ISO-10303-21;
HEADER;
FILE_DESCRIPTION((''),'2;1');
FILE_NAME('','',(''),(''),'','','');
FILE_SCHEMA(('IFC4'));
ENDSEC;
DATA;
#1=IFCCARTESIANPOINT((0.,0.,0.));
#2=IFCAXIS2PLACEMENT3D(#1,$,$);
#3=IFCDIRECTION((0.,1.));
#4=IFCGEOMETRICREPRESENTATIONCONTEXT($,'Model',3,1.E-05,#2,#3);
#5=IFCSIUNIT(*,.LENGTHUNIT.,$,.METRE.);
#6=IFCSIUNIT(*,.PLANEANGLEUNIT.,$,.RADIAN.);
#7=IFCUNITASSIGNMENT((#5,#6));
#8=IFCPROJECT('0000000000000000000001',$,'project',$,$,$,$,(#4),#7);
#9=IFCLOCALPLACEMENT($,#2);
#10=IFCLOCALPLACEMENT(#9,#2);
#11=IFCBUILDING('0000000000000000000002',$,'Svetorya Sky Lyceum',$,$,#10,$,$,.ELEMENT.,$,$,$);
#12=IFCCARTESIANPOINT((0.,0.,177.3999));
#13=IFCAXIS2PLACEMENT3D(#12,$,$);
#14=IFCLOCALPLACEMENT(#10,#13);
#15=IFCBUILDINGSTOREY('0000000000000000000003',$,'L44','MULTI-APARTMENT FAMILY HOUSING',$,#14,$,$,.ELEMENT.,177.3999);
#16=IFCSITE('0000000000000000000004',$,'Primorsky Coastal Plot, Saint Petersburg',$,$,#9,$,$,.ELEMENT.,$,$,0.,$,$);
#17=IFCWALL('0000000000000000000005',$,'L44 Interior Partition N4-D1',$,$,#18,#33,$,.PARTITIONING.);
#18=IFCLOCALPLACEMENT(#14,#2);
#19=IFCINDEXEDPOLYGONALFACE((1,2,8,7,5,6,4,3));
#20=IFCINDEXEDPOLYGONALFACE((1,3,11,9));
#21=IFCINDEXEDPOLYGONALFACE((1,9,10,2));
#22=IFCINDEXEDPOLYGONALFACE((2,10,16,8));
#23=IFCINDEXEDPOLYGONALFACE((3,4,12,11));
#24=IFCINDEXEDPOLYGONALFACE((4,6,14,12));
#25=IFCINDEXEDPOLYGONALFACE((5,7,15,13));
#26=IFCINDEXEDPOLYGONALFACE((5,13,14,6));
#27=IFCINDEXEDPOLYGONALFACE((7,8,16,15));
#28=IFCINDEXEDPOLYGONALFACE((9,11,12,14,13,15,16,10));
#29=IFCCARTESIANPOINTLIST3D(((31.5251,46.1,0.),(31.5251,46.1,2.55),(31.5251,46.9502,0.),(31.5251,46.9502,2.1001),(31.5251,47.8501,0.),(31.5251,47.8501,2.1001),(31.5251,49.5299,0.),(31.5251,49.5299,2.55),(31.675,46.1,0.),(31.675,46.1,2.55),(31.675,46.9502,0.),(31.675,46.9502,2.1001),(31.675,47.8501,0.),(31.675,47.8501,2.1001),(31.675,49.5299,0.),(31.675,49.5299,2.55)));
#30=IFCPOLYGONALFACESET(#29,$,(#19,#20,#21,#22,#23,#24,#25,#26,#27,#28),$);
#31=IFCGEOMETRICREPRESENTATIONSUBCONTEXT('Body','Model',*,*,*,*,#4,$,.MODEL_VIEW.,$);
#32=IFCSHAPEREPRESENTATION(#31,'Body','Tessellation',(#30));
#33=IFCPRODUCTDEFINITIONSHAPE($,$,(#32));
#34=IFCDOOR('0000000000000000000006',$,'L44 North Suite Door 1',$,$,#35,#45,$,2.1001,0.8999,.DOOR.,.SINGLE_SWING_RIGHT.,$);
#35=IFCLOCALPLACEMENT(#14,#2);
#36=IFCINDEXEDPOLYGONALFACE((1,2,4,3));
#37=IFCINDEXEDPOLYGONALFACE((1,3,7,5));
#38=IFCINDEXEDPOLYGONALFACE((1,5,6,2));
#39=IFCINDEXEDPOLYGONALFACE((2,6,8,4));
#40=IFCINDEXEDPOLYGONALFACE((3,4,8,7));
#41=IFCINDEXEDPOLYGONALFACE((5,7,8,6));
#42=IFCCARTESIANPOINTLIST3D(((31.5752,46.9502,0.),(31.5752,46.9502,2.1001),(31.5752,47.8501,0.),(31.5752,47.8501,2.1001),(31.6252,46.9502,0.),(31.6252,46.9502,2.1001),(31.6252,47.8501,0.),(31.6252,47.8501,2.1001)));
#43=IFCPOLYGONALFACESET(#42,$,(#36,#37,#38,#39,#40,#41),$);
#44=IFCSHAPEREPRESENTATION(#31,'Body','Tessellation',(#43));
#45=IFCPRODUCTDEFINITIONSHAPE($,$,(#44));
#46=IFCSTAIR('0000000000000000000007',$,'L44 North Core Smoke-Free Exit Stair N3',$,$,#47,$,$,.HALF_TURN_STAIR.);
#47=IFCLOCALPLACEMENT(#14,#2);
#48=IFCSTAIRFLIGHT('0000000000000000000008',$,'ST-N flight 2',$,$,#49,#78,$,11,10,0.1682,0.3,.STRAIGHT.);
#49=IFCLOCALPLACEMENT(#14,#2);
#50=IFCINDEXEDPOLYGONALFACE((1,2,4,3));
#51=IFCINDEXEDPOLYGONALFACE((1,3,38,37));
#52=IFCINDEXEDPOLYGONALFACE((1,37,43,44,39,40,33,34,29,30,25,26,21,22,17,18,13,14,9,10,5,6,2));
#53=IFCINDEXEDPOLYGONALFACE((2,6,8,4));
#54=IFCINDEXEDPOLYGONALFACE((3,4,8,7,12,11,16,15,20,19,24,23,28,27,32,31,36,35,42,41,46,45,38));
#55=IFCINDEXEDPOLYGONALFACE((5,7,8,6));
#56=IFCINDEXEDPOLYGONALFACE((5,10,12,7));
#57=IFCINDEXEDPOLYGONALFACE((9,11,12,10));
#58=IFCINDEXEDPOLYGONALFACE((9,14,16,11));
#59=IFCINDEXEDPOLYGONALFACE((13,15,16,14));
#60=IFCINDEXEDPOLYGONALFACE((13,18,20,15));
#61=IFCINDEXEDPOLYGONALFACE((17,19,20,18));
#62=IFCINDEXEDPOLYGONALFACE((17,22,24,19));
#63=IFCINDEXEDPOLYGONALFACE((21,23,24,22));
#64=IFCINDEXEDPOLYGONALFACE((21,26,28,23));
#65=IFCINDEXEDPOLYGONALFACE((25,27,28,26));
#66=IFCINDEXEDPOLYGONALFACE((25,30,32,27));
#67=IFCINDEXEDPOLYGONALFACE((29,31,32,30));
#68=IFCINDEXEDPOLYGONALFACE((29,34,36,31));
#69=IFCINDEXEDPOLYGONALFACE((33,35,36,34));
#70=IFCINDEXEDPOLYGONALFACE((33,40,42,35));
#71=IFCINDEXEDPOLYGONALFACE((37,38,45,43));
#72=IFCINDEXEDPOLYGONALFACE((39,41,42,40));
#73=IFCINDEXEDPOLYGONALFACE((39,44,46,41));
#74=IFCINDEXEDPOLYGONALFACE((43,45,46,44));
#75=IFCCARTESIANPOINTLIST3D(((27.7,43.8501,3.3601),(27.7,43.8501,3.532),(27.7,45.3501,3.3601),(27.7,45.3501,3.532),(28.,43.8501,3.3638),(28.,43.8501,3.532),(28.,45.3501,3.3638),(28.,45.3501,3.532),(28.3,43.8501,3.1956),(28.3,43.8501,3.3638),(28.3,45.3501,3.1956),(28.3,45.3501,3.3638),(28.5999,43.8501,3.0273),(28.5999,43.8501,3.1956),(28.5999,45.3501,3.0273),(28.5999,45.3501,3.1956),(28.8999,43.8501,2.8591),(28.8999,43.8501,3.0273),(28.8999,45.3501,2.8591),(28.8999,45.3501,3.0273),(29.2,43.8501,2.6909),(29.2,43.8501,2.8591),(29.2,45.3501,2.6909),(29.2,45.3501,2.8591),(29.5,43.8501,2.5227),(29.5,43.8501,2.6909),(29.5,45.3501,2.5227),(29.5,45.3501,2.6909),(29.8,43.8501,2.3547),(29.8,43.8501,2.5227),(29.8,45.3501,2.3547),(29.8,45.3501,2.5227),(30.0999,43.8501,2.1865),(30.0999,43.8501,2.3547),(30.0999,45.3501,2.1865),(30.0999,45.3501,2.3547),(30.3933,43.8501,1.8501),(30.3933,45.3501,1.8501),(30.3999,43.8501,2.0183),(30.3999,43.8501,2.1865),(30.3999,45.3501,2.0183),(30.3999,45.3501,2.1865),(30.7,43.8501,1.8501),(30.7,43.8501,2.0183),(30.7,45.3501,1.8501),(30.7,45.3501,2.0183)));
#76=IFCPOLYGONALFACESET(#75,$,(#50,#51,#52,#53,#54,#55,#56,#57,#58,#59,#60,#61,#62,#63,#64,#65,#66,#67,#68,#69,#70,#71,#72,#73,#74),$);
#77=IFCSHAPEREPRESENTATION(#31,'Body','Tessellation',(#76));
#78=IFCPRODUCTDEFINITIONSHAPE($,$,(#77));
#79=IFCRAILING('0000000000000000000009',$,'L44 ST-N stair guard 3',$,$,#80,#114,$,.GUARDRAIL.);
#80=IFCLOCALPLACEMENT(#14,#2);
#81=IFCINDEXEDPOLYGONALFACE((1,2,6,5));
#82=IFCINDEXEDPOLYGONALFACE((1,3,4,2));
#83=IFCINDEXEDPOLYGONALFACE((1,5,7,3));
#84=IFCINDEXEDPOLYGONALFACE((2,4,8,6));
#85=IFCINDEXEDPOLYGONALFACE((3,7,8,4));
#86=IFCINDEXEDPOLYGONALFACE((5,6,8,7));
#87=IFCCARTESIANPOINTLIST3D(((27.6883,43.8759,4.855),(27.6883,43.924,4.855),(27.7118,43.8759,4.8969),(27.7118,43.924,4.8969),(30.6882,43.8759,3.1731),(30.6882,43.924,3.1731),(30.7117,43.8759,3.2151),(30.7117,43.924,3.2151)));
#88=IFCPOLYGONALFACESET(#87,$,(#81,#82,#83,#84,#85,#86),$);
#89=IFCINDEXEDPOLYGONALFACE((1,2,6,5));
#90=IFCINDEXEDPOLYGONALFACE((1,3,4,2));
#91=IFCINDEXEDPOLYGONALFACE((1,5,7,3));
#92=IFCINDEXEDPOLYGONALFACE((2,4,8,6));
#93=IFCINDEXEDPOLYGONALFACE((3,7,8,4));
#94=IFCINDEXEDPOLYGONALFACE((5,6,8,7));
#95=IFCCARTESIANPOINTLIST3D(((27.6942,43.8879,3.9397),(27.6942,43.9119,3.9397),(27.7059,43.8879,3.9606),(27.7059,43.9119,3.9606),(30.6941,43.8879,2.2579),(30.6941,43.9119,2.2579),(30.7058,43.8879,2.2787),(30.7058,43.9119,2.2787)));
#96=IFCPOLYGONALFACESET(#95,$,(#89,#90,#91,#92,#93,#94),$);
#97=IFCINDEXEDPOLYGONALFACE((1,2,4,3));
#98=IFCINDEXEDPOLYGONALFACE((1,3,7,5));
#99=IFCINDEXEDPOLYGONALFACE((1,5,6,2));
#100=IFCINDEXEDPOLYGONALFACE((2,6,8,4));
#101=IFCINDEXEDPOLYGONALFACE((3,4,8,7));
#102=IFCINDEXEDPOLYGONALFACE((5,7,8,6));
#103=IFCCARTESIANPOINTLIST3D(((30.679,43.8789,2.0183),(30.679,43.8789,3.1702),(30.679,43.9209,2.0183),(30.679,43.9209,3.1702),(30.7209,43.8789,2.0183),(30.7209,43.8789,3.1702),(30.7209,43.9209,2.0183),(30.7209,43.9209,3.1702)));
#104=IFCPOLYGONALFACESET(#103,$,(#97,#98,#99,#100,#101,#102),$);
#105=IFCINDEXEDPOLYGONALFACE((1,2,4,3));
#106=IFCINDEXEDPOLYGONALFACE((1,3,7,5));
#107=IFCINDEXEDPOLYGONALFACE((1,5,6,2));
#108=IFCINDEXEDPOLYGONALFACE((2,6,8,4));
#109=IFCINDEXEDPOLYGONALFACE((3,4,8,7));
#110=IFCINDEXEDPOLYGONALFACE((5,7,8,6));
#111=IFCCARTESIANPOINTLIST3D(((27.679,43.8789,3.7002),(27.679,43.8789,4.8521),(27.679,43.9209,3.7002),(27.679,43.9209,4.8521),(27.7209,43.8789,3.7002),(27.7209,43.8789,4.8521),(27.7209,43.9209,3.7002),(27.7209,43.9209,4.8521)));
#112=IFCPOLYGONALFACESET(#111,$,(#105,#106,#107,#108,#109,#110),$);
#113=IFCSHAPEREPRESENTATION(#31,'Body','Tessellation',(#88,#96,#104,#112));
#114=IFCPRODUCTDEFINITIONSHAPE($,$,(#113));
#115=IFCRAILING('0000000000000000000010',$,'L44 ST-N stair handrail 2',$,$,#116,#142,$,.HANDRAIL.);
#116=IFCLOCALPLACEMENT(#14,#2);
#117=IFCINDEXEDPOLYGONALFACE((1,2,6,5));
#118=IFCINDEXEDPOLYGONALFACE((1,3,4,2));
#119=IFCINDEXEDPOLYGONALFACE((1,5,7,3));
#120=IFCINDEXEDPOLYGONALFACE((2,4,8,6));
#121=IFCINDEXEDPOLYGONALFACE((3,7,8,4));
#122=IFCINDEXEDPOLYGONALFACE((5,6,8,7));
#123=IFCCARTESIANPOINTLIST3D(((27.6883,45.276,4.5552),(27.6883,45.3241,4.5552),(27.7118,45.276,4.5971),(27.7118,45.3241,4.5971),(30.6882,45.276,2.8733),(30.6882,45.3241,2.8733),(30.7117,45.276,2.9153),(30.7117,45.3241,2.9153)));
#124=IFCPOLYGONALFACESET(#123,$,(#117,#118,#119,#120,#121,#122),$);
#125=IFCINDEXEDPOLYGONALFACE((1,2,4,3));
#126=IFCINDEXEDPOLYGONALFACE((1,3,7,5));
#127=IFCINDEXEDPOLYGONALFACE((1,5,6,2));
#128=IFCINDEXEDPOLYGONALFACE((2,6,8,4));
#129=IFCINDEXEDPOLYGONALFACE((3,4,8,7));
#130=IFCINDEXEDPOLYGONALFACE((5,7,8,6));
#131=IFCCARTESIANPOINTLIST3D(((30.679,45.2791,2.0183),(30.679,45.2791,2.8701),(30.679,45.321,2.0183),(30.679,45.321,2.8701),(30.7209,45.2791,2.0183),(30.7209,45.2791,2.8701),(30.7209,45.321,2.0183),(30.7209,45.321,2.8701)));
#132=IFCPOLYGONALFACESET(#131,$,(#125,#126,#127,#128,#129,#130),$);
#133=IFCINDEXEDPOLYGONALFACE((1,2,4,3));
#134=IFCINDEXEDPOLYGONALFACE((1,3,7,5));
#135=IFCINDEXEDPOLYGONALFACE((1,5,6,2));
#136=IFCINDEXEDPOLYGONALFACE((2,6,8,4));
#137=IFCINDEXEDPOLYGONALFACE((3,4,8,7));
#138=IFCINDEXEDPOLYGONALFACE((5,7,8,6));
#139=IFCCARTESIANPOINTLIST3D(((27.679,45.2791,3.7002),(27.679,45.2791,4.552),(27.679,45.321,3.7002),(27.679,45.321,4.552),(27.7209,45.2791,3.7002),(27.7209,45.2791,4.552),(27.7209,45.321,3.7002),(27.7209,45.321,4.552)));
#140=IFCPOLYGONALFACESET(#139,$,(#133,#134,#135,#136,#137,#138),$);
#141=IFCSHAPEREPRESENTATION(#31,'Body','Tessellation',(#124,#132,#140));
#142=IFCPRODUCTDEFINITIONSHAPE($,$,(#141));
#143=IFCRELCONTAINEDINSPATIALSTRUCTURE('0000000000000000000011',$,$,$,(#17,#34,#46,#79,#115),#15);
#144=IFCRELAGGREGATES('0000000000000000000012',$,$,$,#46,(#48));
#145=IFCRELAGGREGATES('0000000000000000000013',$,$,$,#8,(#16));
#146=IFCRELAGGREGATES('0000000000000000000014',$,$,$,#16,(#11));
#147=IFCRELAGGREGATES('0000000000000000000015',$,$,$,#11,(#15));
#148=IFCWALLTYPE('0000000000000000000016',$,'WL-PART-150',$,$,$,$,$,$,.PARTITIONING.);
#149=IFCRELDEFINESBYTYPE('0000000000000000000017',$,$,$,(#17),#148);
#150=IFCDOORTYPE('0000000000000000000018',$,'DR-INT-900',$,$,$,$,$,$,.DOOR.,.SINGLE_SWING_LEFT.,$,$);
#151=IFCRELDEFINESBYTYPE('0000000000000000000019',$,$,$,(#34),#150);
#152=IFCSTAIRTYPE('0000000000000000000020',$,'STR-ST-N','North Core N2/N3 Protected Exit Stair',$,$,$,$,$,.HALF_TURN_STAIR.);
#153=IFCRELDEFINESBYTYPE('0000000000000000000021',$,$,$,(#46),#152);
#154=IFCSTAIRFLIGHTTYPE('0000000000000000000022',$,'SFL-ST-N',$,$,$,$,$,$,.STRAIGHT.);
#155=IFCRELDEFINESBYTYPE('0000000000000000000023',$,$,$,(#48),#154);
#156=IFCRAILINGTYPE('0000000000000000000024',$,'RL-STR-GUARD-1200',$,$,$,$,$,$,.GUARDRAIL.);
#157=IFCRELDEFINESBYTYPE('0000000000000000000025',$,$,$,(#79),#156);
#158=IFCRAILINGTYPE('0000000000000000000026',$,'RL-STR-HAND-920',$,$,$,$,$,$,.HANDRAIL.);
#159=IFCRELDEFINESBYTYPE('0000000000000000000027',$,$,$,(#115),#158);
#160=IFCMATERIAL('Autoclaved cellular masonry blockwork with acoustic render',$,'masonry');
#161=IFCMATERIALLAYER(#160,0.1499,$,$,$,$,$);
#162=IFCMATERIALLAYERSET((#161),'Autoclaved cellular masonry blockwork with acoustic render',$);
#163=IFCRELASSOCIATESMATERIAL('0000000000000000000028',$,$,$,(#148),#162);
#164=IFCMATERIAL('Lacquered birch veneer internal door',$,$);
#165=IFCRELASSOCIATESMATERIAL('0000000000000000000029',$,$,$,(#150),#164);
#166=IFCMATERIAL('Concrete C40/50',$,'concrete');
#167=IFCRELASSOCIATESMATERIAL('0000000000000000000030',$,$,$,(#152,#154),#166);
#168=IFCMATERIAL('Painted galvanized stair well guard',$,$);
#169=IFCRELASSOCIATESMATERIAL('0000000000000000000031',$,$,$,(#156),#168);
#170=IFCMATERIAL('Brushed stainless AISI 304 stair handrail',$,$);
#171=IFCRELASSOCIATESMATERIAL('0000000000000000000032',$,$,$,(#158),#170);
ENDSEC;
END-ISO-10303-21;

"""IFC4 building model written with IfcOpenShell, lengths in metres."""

from ifc_helpers import new_model, si_unit, direction, frame, frame_2d, origin, origin_2d, place, context, subcontext, project, spatial, polyline, rectangle, outline, extrude, material, layer, layer_set, type_object, element, fill, aggregate, save


model = new_model("IFC4")

# Units and contexts
model_context = context("Model", 3, precision=1e-05, world=origin(), true_north=direction((0.0, 1.0)))
body_context = subcontext(model_context, "Body", "Model", "MODEL_VIEW")
ifc_project = project(units=[si_unit("LENGTHUNIT", "METRE"), si_unit("PLANEANGLEUNIT", "RADIAN")], contexts=[model_context])

# Site, building, storey
site_placement = place(None, origin())
site = spatial("IfcSite", under=ifc_project, at=site_placement, Name="Primorsky Coastal Plot, Saint Petersburg", CompositionType="ELEMENT", RefElevation=0.0)
building_placement = place(site_placement, origin())
building = spatial("IfcBuilding", under=site, at=building_placement, Name="Svetorya Sky Lyceum", CompositionType="ELEMENT")
storey_placement = place(building_placement, frame((0.0, 0.0, 177.3999)))
storey = spatial("IfcBuildingStorey", under=building, at=storey_placement, Name="L44", Description="MULTI-APARTMENT FAMILY HOUSING", CompositionType="ELEMENT", Elevation=177.3999)

# Wall, opening, door
ifc_material_1 = material(Name="Autoclaved cellular masonry blockwork with acoustic render", Category="masonry")
ifc_layer_1 = layer(ifc_material_1, 0.1499)
ifc_layer_set_1 = layer_set([ifc_layer_1], Name="Autoclaved cellular masonry blockwork with acoustic render")
wall_type = type_object("IfcWallType", Name="WL-PART-150", PredefinedType="PARTITIONING", material=ifc_layer_set_1)
wall_placement = place(storey_placement, frame((31.6001, 46.1001, 0.0), z_axis=(0.0, 0.0, 1.0), x_axis=(0.0, 1.0, 0.0)))
wall = element("IfcWall", 1, at=wall_placement, inside=storey, type_object=wall_type, Name="L44 Interior Partition N4-D1", PredefinedType="PARTITIONING", context=body_context, shape_type="SweptSolid", body=[
    extrude(rectangle(XDim=3.4299, YDim=0.1499, at=frame_2d((1.7148, 0.0))), origin(), (0.0, 0.0, 1.0), 2.55),
])
opening_placement = place(wall_placement, frame((0.8501, 0.0, 0.0)))
opening = element("IfcOpeningElement", 2, at=opening_placement, cuts=wall, PredefinedType="OPENING", context=body_context, shape_type="SweptSolid", body=[
    extrude(rectangle(XDim=0.8999, YDim=2.1001, at=frame_2d((0.45, 1.05))), frame((0.0, 0.085, 0.0), z_axis=(0.0, -1.0, 0.0), x_axis=(1.0, 0.0, 0.0)), (0.0, 0.0, 1.0), 0.1699),
])
ifc_material_2 = material(Name="Lacquered birch veneer internal door")
door_type = type_object("IfcDoorType", Name="DR-INT-900", OperationType="SINGLE_SWING_LEFT", PredefinedType="DOOR", material=ifc_material_2)
door_placement = place(opening_placement, origin())
door = element("IfcDoor", 3, at=door_placement, inside=storey, type_object=door_type, Name="L44 North Suite Door 1", OperationType="SINGLE_SWING_RIGHT", OverallHeight=2.1001, OverallWidth=0.8999, PredefinedType="DOOR", context=body_context, shape_type="SweptSolid", body=[
    extrude(rectangle(XDim=0.8999, YDim=2.1001, at=frame_2d((0.45, 1.05))), frame((0.0, 0.0249, 0.0), z_axis=(0.0, -1.0, 0.0), x_axis=(1.0, 0.0, 0.0)), (0.0, 0.0, 1.0), 0.05),
])
fill(opening, door)

# Stair, stair flight
ifc_material_3 = material(Name="Concrete C40/50", Category="concrete")
stair_type = type_object("IfcStairType", Name="STR-ST-N", Description="North Core N2/N3 Protected Exit Stair", PredefinedType="HALF_TURN_STAIR", material=ifc_material_3)
stair_placement = place(storey_placement, origin())
stair = element("IfcStair", 4, at=stair_placement, inside=storey, type_object=stair_type, Name="L44 North Core Smoke-Free Exit Stair N3", PredefinedType="HALF_TURN_STAIR")
stair_flight_type = type_object("IfcStairFlightType", Name="SFL-ST-N", PredefinedType="STRAIGHT", material=ifc_material_3)
stair_flight_placement = place(storey_placement, frame((30.7, 44.6001, 1.8501), z_axis=(0.0, 0.0, 1.0), x_axis=(-1.0, 0.0, 0.0)))
stair_flight = element("IfcStairFlight", 5, at=stair_flight_placement, type_object=stair_flight_type, Name="ST-N flight 2", NumberOfRisers=11, NumberOfTreads=10, PredefinedType="STRAIGHT", RiserHeight=0.1682, TreadLength=0.3, context=body_context, shape_type="SweptSolid", body=[
    extrude(outline(polyline([(0.0, 0.0), (0.0, 0.1682), (0.3, 0.1682), (0.3, 0.3364), (0.6001, 0.3364), (0.6001, 0.5046), (0.8999, 0.5046), (0.8999, 0.6726), (1.2, 0.6726), (1.2, 0.8408), (1.5, 0.8408), (1.5, 1.009), (1.8, 1.009), (1.8, 1.1772), (2.1001, 1.1772), (2.1001, 1.3455), (2.3999, 1.3455), (2.3999, 1.5137), (2.7, 1.5137), (2.7, 1.6819), (3.0, 1.6819), (3.0, 1.8501), (3.0, 1.51), (0.3066, 0.0), (0.0, 0.0)])), frame((0.0, 0.75, 0.0), z_axis=(0.0, -1.0, 0.0), x_axis=(1.0, 0.0, 0.0)), (0.0, 0.0, 1.0), 1.5),
])
aggregate(stair, [stair_flight])

# Railings
ifc_material_4 = material(Name="Painted galvanized stair well guard")
railing_type_1 = type_object("IfcRailingType", Name="RL-STR-GUARD-1200", PredefinedType="GUARDRAIL", material=ifc_material_4)
railing_1_placement = place(storey_placement, frame((30.7, 43.8999, 2.0183)))
element("IfcRailing", 6, at=railing_1_placement, inside=storey, type_object=railing_type_1, Name="L44 ST-N stair guard 3", PredefinedType="GUARDRAIL", context=body_context, shape_type="SweptSolid", body=[
    extrude(rectangle(XDim=0.0481, YDim=0.0481, at=origin_2d()), frame((0.0, 0.0, 1.1758), z_axis=(-0.872272, 0.0, 0.48902), x_axis=(0.0, -1.0, 0.0)), (0.0, 0.0, 1.0), 3.4392),
    extrude(rectangle(XDim=0.0239, YDim=0.0239, at=origin_2d()), frame((0.0, 0.0, 0.25), z_axis=(-0.872272, 0.0, 0.48902), x_axis=(0.0, -1.0, 0.0)), (0.0, 0.0, 1.0), 3.4392),
    extrude(rectangle(XDim=0.042, YDim=0.042, at=origin_2d()), origin(), (0.0, 0.0, 1.0), 1.1519),
    extrude(rectangle(XDim=0.042, YDim=0.042, at=origin_2d()), frame((-3.0, 0.0, 1.6819)), (0.0, 0.0, 1.0), 1.1519),
])
ifc_material_5 = material(Name="Brushed stainless AISI 304 stair handrail")
railing_type_2 = type_object("IfcRailingType", Name="RL-STR-HAND-920", PredefinedType="HANDRAIL", material=ifc_material_5)
railing_2_placement = place(storey_placement, frame((30.7, 45.3, 2.0183)))
element("IfcRailing", 7, at=railing_2_placement, inside=storey, type_object=railing_type_2, Name="L44 ST-N stair handrail 2", PredefinedType="HANDRAIL", context=body_context, shape_type="SweptSolid", body=[
    extrude(rectangle(XDim=0.0481, YDim=0.0481, at=origin_2d()), frame((0.0, 0.0, 0.876), z_axis=(-0.872272, 0.0, 0.48902), x_axis=(0.0, -1.0, 0.0)), (0.0, 0.0, 1.0), 3.4392),
    extrude(rectangle(XDim=0.042, YDim=0.042, at=origin_2d()), origin(), (0.0, 0.0, 1.0), 0.8518),
    extrude(rectangle(XDim=0.042, YDim=0.042, at=origin_2d()), frame((-3.0, 0.0, 1.6819)), (0.0, 0.0, 1.0), 0.8518),
])

save(model, "model.ifc")
